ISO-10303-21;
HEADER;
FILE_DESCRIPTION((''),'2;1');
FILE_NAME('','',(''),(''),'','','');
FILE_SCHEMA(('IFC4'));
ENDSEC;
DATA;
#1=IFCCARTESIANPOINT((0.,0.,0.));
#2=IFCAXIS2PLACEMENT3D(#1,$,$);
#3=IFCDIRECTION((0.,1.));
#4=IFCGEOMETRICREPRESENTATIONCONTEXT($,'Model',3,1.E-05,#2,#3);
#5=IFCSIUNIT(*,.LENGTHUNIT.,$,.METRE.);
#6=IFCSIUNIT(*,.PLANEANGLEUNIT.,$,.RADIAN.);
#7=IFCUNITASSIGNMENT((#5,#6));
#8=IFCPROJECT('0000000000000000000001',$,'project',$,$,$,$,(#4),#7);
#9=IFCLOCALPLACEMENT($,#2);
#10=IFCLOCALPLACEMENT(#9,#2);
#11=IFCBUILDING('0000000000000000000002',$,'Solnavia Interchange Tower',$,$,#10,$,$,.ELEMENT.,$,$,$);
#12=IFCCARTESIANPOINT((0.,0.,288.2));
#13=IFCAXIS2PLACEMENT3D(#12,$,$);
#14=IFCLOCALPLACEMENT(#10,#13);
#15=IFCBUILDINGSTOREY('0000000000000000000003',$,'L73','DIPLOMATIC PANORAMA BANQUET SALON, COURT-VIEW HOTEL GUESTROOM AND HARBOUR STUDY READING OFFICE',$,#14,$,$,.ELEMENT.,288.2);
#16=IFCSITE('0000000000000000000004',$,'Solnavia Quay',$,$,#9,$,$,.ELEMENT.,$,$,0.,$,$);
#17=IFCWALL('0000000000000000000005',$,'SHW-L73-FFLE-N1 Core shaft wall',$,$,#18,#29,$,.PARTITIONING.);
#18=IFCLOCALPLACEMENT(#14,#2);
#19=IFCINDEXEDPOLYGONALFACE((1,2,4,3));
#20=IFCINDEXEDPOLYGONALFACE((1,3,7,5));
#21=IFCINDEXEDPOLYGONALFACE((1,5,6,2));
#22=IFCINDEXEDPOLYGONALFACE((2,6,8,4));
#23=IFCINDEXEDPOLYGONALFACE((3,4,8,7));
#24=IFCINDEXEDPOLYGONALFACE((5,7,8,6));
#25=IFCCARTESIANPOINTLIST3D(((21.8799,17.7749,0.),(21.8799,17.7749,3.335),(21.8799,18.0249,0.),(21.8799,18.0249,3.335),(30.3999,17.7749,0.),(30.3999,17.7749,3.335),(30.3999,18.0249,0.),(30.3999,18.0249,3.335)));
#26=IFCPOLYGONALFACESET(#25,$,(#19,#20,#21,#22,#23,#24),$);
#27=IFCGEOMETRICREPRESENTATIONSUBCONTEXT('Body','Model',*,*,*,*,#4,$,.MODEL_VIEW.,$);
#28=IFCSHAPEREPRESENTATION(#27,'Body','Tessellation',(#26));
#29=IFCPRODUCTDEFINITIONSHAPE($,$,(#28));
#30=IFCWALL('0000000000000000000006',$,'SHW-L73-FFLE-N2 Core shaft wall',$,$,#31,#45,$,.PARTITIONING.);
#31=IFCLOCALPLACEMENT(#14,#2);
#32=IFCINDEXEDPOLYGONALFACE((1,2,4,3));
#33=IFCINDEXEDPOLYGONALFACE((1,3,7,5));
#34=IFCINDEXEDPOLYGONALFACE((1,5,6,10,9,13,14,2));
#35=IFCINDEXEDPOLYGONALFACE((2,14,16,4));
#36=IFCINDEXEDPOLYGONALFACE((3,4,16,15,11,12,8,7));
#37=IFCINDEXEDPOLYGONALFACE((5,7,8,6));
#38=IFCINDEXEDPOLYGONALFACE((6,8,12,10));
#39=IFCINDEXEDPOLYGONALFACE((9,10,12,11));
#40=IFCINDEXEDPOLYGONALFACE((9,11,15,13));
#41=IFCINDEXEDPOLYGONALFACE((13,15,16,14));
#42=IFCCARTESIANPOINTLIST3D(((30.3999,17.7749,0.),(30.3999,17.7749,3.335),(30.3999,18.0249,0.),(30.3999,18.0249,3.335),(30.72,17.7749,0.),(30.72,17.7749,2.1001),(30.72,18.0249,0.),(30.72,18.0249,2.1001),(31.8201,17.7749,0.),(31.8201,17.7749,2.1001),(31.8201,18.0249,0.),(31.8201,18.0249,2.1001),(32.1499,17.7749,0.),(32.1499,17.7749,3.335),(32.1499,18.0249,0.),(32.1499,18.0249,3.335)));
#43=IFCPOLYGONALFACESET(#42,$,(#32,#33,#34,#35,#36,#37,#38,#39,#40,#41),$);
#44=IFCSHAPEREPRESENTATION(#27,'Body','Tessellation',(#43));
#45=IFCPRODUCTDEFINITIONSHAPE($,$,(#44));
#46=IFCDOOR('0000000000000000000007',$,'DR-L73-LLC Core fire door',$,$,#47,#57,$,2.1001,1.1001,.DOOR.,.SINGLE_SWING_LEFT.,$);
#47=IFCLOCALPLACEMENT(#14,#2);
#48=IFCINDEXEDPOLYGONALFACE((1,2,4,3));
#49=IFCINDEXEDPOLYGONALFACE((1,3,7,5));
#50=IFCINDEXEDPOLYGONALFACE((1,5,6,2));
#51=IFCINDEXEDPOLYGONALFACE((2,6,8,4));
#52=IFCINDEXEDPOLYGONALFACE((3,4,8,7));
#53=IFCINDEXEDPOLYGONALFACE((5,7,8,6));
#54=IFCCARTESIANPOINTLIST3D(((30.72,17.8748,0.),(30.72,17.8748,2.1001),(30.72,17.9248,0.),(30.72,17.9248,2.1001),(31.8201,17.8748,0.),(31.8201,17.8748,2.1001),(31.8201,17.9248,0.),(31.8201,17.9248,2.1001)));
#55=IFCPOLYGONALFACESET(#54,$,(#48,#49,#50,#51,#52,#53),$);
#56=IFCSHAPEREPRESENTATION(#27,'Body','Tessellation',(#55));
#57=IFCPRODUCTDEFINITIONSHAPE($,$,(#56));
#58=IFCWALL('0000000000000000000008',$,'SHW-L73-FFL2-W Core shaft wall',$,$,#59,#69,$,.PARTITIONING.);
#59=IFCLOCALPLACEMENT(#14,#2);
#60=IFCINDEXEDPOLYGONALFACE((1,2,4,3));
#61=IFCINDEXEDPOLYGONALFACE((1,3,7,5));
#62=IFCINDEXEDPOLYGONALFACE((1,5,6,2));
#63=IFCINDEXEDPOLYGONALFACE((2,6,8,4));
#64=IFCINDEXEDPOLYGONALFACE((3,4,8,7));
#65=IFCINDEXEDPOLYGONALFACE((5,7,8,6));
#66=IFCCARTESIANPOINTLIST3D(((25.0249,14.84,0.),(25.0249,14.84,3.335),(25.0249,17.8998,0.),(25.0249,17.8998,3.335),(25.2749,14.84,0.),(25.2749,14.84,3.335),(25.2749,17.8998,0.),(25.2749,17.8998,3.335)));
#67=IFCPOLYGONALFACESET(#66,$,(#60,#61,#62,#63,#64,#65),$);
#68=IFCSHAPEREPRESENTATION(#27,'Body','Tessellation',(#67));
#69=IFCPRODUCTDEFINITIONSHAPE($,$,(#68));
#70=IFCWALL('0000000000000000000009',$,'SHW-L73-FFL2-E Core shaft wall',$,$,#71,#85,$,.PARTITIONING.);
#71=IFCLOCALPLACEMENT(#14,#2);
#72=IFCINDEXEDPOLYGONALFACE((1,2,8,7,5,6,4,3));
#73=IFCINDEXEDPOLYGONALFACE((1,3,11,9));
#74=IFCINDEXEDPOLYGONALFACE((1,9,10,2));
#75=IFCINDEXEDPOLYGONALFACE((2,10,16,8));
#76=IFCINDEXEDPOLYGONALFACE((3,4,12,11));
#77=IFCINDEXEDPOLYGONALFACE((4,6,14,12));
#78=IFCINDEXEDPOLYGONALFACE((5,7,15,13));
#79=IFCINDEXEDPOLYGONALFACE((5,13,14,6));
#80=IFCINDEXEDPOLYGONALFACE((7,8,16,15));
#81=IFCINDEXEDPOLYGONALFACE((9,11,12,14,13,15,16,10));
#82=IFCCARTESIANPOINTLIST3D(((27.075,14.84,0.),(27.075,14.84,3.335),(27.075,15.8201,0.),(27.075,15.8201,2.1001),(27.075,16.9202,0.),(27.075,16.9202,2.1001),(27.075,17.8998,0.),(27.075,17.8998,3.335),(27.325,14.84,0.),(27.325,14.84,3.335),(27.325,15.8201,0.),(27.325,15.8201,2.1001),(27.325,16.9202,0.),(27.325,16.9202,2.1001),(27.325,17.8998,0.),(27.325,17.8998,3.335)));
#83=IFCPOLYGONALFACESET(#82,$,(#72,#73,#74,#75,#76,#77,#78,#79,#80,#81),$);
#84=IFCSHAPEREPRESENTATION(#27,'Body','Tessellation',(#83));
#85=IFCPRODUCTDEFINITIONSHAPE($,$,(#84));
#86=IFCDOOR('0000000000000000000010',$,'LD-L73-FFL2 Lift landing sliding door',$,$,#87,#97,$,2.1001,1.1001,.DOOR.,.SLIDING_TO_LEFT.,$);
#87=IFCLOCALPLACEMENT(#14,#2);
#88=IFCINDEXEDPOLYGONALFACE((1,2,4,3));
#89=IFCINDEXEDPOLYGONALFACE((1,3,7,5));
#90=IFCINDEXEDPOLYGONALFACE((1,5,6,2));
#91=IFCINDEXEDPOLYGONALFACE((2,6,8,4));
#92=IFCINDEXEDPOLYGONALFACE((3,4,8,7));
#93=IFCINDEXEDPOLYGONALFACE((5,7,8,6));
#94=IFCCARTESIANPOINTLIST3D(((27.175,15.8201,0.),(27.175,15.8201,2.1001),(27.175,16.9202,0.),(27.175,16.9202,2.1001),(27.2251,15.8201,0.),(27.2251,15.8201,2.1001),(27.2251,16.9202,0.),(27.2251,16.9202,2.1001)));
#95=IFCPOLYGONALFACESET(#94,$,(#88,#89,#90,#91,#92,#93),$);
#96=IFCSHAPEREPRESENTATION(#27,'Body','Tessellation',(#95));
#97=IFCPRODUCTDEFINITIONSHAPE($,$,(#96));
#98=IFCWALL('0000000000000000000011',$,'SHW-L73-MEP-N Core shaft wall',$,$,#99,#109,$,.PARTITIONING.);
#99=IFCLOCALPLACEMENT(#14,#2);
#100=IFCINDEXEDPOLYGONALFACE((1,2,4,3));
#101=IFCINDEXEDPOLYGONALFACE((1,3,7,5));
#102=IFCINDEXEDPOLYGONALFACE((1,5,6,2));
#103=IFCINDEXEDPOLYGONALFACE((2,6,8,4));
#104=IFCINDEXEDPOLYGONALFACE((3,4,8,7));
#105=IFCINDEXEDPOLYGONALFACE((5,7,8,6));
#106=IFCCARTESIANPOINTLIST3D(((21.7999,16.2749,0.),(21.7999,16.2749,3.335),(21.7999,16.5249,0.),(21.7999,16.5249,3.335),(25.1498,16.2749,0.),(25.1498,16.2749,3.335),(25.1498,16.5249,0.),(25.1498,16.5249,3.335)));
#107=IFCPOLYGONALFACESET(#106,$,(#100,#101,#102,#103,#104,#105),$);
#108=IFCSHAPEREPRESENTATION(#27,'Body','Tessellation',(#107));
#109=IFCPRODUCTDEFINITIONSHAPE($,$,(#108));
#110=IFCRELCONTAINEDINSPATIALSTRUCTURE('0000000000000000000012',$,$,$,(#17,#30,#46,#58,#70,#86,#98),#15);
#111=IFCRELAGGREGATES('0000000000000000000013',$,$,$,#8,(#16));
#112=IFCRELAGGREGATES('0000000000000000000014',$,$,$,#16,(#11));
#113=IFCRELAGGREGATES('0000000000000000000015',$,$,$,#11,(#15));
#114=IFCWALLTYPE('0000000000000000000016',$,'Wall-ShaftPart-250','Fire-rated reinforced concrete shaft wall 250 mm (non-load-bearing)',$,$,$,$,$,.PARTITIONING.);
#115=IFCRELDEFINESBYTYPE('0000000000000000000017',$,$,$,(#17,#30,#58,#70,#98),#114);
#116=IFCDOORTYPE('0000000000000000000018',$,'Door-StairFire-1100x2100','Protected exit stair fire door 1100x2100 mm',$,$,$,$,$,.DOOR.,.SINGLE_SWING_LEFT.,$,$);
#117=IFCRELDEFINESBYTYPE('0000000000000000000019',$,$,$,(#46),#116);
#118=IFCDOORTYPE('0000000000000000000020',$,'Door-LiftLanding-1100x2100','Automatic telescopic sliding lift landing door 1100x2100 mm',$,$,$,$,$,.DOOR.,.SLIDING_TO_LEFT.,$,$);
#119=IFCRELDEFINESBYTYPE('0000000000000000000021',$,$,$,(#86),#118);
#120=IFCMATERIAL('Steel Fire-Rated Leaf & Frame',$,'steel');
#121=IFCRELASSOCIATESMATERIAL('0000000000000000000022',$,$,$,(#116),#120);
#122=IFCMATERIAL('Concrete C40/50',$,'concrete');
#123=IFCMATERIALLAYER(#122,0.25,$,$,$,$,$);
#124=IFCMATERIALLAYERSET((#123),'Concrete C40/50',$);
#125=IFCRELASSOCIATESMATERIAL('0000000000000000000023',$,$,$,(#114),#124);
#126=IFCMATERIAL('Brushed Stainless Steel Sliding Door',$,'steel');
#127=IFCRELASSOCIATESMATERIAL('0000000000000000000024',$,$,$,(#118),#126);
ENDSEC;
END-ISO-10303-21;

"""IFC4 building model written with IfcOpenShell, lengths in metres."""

from ifc_helpers import new_model, si_unit, direction, frame, frame_2d, origin, place, context, subcontext, project, spatial, rectangle, extrude, material, layer, layer_set, type_object, element, fill, save


model = new_model("IFC4")

# Units and contexts
model_context = context("Model", 3, precision=1e-05, world=origin(), true_north=direction((0.0, 1.0)))
body_context = subcontext(model_context, "Body", "Model", "MODEL_VIEW")
ifc_project = project(units=[si_unit("LENGTHUNIT", "METRE"), si_unit("PLANEANGLEUNIT", "RADIAN")], contexts=[model_context])

# Site, building, storey
site_placement = place(None, origin())
site = spatial("IfcSite", under=ifc_project, at=site_placement, Name="Solnavia Quay", CompositionType="ELEMENT", RefElevation=0.0)
building_placement = place(site_placement, origin())
building = spatial("IfcBuilding", under=site, at=building_placement, Name="Solnavia Interchange Tower", CompositionType="ELEMENT")
storey_placement = place(building_placement, frame((0.0, 0.0, 288.2)))
storey = spatial("IfcBuildingStorey", under=building, at=storey_placement, Name="L73", Description="DIPLOMATIC PANORAMA BANQUET SALON, COURT-VIEW HOTEL GUESTROOM AND HARBOUR STUDY READING OFFICE", CompositionType="ELEMENT", Elevation=288.2)

# Shared definitions
ifc_material_1 = material(Name="Concrete C40/50", Category="concrete")
ifc_material_2 = material(Name="Steel Fire-Rated Leaf & Frame", Category="steel")
door_type_1 = type_object("IfcDoorType", Name="Door-StairFire-1100x2100", Description="Protected exit stair fire door 1100x2100 mm", OperationType="SINGLE_SWING_LEFT", PredefinedType="DOOR", material=ifc_material_2)

# Wall
ifc_layer_1 = layer(ifc_material_1, 0.25)
ifc_layer_set_1 = layer_set([ifc_layer_1], Name="Concrete C40/50")
wall_type_1 = type_object("IfcWallType", Name="Wall-ShaftPart-250", Description="Fire-rated reinforced concrete shaft wall 250 mm (non-load-bearing)", PredefinedType="PARTITIONING", material=ifc_layer_set_1)
wall_1_placement = place(storey_placement, frame((21.8799, 17.8999, 0.0), z_axis=(0.0, 0.0, 1.0), x_axis=(1.0, 0.0, 0.0)))
element("IfcWall", 1, at=wall_1_placement, inside=storey, type_object=wall_type_1, Name="SHW-L73-FFLE-N1 Core shaft wall", PredefinedType="PARTITIONING", context=body_context, shape_type="SweptSolid", body=[
    extrude(rectangle(XDim=8.52, YDim=0.25, at=frame_2d((4.26, 0.0))), origin(), (0.0, 0.0, 1.0), 3.335),
])

# Wall, opening, door
wall_2_placement = place(storey_placement, frame((30.3999, 17.8999, 0.0), z_axis=(0.0, 0.0, 1.0), x_axis=(1.0, 0.0, 0.0)))
wall_2 = element("IfcWall", 2, at=wall_2_placement, inside=storey, type_object=wall_type_1, Name="SHW-L73-FFLE-N2 Core shaft wall", PredefinedType="PARTITIONING", context=body_context, shape_type="SweptSolid", body=[
    extrude(rectangle(XDim=1.75, YDim=0.25, at=frame_2d((0.875, 0.0))), origin(), (0.0, 0.0, 1.0), 3.335),
])
opening_1_placement = place(wall_2_placement, frame((0.3201, 0.0, 0.0)))
opening_1 = element("IfcOpeningElement", 3, at=opening_1_placement, cuts=wall_2, PredefinedType="OPENING", context=body_context, shape_type="SweptSolid", body=[
    extrude(rectangle(XDim=1.1001, YDim=2.1001, at=frame_2d((0.55, 1.05))), frame((0.0, 0.135, 0.0), z_axis=(0.0, -1.0, 0.0), x_axis=(1.0, 0.0, 0.0)), (0.0, 0.0, 1.0), 0.27),
])
door_1_placement = place(opening_1_placement, origin())
door_1 = element("IfcDoor", 4, at=door_1_placement, inside=storey, type_object=door_type_1, Name="DR-L73-LLC Core fire door", OperationType="SINGLE_SWING_LEFT", OverallHeight=2.1001, OverallWidth=1.1001, PredefinedType="DOOR", context=body_context, shape_type="SweptSolid", body=[
    extrude(rectangle(XDim=1.1001, YDim=2.1001, at=frame_2d((0.55, 1.05))), frame((0.0, 0.0249, 0.0), z_axis=(0.0, -1.0, 0.0), x_axis=(1.0, 0.0, 0.0)), (0.0, 0.0, 1.0), 0.05),
])
fill(opening_1, door_1)

# Wall
wall_3_placement = place(storey_placement, frame((25.1499, 14.8401, 0.0), z_axis=(0.0, 0.0, 1.0), x_axis=(0.0, 1.0, 0.0)))
element("IfcWall", 5, at=wall_3_placement, inside=storey, type_object=wall_type_1, Name="SHW-L73-FFL2-W Core shaft wall", PredefinedType="PARTITIONING", context=body_context, shape_type="SweptSolid", body=[
    extrude(rectangle(XDim=3.0598, YDim=0.25, at=frame_2d((1.5298, 0.0))), origin(), (0.0, 0.0, 1.0), 3.335),
])

# Wall, opening, door
wall_4_placement = place(storey_placement, frame((27.2, 14.8401, 0.0), z_axis=(0.0, 0.0, 1.0), x_axis=(0.0, 1.0, 0.0)))
wall_4 = element("IfcWall", 6, at=wall_4_placement, inside=storey, type_object=wall_type_1, Name="SHW-L73-FFL2-E Core shaft wall", PredefinedType="PARTITIONING", context=body_context, shape_type="SweptSolid", body=[
    extrude(rectangle(XDim=3.0598, YDim=0.25, at=frame_2d((1.5298, 0.0))), origin(), (0.0, 0.0, 1.0), 3.335),
])
opening_2_placement = place(wall_4_placement, frame((0.98, 0.0, 0.0)))
opening_2 = element("IfcOpeningElement", 7, at=opening_2_placement, cuts=wall_4, PredefinedType="OPENING", context=body_context, shape_type="SweptSolid", body=[
    extrude(rectangle(XDim=1.1001, YDim=2.1001, at=frame_2d((0.55, 1.05))), frame((0.0, 0.135, 0.0), z_axis=(0.0, -1.0, 0.0), x_axis=(1.0, 0.0, 0.0)), (0.0, 0.0, 1.0), 0.27),
])
ifc_material_3 = material(Name="Brushed Stainless Steel Sliding Door", Category="steel")
door_type_2 = type_object("IfcDoorType", Name="Door-LiftLanding-1100x2100", Description="Automatic telescopic sliding lift landing door 1100x2100 mm", OperationType="SLIDING_TO_LEFT", PredefinedType="DOOR", material=ifc_material_3)
door_2_placement = place(opening_2_placement, origin())
door_2 = element("IfcDoor", 8, at=door_2_placement, inside=storey, type_object=door_type_2, Name="LD-L73-FFL2 Lift landing sliding door", OperationType="SLIDING_TO_LEFT", OverallHeight=2.1001, OverallWidth=1.1001, PredefinedType="DOOR", context=body_context, shape_type="SweptSolid", body=[
    extrude(rectangle(XDim=1.1001, YDim=2.1001, at=frame_2d((0.55, 1.05))), frame((0.0, 0.0249, 0.0), z_axis=(0.0, -1.0, 0.0), x_axis=(1.0, 0.0, 0.0)), (0.0, 0.0, 1.0), 0.05),
])
fill(opening_2, door_2)

# Wall
wall_5_placement = place(storey_placement, frame((21.8, 16.3999, 0.0), z_axis=(0.0, 0.0, 1.0), x_axis=(1.0, 0.0, 0.0)))
element("IfcWall", 9, at=wall_5_placement, inside=storey, type_object=wall_type_1, Name="SHW-L73-MEP-N Core shaft wall", PredefinedType="PARTITIONING", context=body_context, shape_type="SweptSolid", body=[
    extrude(rectangle(XDim=3.3499, YDim=0.25, at=frame_2d((1.6748, 0.0))), origin(), (0.0, 0.0, 1.0), 3.335),
])

save(model, "model.ifc")
